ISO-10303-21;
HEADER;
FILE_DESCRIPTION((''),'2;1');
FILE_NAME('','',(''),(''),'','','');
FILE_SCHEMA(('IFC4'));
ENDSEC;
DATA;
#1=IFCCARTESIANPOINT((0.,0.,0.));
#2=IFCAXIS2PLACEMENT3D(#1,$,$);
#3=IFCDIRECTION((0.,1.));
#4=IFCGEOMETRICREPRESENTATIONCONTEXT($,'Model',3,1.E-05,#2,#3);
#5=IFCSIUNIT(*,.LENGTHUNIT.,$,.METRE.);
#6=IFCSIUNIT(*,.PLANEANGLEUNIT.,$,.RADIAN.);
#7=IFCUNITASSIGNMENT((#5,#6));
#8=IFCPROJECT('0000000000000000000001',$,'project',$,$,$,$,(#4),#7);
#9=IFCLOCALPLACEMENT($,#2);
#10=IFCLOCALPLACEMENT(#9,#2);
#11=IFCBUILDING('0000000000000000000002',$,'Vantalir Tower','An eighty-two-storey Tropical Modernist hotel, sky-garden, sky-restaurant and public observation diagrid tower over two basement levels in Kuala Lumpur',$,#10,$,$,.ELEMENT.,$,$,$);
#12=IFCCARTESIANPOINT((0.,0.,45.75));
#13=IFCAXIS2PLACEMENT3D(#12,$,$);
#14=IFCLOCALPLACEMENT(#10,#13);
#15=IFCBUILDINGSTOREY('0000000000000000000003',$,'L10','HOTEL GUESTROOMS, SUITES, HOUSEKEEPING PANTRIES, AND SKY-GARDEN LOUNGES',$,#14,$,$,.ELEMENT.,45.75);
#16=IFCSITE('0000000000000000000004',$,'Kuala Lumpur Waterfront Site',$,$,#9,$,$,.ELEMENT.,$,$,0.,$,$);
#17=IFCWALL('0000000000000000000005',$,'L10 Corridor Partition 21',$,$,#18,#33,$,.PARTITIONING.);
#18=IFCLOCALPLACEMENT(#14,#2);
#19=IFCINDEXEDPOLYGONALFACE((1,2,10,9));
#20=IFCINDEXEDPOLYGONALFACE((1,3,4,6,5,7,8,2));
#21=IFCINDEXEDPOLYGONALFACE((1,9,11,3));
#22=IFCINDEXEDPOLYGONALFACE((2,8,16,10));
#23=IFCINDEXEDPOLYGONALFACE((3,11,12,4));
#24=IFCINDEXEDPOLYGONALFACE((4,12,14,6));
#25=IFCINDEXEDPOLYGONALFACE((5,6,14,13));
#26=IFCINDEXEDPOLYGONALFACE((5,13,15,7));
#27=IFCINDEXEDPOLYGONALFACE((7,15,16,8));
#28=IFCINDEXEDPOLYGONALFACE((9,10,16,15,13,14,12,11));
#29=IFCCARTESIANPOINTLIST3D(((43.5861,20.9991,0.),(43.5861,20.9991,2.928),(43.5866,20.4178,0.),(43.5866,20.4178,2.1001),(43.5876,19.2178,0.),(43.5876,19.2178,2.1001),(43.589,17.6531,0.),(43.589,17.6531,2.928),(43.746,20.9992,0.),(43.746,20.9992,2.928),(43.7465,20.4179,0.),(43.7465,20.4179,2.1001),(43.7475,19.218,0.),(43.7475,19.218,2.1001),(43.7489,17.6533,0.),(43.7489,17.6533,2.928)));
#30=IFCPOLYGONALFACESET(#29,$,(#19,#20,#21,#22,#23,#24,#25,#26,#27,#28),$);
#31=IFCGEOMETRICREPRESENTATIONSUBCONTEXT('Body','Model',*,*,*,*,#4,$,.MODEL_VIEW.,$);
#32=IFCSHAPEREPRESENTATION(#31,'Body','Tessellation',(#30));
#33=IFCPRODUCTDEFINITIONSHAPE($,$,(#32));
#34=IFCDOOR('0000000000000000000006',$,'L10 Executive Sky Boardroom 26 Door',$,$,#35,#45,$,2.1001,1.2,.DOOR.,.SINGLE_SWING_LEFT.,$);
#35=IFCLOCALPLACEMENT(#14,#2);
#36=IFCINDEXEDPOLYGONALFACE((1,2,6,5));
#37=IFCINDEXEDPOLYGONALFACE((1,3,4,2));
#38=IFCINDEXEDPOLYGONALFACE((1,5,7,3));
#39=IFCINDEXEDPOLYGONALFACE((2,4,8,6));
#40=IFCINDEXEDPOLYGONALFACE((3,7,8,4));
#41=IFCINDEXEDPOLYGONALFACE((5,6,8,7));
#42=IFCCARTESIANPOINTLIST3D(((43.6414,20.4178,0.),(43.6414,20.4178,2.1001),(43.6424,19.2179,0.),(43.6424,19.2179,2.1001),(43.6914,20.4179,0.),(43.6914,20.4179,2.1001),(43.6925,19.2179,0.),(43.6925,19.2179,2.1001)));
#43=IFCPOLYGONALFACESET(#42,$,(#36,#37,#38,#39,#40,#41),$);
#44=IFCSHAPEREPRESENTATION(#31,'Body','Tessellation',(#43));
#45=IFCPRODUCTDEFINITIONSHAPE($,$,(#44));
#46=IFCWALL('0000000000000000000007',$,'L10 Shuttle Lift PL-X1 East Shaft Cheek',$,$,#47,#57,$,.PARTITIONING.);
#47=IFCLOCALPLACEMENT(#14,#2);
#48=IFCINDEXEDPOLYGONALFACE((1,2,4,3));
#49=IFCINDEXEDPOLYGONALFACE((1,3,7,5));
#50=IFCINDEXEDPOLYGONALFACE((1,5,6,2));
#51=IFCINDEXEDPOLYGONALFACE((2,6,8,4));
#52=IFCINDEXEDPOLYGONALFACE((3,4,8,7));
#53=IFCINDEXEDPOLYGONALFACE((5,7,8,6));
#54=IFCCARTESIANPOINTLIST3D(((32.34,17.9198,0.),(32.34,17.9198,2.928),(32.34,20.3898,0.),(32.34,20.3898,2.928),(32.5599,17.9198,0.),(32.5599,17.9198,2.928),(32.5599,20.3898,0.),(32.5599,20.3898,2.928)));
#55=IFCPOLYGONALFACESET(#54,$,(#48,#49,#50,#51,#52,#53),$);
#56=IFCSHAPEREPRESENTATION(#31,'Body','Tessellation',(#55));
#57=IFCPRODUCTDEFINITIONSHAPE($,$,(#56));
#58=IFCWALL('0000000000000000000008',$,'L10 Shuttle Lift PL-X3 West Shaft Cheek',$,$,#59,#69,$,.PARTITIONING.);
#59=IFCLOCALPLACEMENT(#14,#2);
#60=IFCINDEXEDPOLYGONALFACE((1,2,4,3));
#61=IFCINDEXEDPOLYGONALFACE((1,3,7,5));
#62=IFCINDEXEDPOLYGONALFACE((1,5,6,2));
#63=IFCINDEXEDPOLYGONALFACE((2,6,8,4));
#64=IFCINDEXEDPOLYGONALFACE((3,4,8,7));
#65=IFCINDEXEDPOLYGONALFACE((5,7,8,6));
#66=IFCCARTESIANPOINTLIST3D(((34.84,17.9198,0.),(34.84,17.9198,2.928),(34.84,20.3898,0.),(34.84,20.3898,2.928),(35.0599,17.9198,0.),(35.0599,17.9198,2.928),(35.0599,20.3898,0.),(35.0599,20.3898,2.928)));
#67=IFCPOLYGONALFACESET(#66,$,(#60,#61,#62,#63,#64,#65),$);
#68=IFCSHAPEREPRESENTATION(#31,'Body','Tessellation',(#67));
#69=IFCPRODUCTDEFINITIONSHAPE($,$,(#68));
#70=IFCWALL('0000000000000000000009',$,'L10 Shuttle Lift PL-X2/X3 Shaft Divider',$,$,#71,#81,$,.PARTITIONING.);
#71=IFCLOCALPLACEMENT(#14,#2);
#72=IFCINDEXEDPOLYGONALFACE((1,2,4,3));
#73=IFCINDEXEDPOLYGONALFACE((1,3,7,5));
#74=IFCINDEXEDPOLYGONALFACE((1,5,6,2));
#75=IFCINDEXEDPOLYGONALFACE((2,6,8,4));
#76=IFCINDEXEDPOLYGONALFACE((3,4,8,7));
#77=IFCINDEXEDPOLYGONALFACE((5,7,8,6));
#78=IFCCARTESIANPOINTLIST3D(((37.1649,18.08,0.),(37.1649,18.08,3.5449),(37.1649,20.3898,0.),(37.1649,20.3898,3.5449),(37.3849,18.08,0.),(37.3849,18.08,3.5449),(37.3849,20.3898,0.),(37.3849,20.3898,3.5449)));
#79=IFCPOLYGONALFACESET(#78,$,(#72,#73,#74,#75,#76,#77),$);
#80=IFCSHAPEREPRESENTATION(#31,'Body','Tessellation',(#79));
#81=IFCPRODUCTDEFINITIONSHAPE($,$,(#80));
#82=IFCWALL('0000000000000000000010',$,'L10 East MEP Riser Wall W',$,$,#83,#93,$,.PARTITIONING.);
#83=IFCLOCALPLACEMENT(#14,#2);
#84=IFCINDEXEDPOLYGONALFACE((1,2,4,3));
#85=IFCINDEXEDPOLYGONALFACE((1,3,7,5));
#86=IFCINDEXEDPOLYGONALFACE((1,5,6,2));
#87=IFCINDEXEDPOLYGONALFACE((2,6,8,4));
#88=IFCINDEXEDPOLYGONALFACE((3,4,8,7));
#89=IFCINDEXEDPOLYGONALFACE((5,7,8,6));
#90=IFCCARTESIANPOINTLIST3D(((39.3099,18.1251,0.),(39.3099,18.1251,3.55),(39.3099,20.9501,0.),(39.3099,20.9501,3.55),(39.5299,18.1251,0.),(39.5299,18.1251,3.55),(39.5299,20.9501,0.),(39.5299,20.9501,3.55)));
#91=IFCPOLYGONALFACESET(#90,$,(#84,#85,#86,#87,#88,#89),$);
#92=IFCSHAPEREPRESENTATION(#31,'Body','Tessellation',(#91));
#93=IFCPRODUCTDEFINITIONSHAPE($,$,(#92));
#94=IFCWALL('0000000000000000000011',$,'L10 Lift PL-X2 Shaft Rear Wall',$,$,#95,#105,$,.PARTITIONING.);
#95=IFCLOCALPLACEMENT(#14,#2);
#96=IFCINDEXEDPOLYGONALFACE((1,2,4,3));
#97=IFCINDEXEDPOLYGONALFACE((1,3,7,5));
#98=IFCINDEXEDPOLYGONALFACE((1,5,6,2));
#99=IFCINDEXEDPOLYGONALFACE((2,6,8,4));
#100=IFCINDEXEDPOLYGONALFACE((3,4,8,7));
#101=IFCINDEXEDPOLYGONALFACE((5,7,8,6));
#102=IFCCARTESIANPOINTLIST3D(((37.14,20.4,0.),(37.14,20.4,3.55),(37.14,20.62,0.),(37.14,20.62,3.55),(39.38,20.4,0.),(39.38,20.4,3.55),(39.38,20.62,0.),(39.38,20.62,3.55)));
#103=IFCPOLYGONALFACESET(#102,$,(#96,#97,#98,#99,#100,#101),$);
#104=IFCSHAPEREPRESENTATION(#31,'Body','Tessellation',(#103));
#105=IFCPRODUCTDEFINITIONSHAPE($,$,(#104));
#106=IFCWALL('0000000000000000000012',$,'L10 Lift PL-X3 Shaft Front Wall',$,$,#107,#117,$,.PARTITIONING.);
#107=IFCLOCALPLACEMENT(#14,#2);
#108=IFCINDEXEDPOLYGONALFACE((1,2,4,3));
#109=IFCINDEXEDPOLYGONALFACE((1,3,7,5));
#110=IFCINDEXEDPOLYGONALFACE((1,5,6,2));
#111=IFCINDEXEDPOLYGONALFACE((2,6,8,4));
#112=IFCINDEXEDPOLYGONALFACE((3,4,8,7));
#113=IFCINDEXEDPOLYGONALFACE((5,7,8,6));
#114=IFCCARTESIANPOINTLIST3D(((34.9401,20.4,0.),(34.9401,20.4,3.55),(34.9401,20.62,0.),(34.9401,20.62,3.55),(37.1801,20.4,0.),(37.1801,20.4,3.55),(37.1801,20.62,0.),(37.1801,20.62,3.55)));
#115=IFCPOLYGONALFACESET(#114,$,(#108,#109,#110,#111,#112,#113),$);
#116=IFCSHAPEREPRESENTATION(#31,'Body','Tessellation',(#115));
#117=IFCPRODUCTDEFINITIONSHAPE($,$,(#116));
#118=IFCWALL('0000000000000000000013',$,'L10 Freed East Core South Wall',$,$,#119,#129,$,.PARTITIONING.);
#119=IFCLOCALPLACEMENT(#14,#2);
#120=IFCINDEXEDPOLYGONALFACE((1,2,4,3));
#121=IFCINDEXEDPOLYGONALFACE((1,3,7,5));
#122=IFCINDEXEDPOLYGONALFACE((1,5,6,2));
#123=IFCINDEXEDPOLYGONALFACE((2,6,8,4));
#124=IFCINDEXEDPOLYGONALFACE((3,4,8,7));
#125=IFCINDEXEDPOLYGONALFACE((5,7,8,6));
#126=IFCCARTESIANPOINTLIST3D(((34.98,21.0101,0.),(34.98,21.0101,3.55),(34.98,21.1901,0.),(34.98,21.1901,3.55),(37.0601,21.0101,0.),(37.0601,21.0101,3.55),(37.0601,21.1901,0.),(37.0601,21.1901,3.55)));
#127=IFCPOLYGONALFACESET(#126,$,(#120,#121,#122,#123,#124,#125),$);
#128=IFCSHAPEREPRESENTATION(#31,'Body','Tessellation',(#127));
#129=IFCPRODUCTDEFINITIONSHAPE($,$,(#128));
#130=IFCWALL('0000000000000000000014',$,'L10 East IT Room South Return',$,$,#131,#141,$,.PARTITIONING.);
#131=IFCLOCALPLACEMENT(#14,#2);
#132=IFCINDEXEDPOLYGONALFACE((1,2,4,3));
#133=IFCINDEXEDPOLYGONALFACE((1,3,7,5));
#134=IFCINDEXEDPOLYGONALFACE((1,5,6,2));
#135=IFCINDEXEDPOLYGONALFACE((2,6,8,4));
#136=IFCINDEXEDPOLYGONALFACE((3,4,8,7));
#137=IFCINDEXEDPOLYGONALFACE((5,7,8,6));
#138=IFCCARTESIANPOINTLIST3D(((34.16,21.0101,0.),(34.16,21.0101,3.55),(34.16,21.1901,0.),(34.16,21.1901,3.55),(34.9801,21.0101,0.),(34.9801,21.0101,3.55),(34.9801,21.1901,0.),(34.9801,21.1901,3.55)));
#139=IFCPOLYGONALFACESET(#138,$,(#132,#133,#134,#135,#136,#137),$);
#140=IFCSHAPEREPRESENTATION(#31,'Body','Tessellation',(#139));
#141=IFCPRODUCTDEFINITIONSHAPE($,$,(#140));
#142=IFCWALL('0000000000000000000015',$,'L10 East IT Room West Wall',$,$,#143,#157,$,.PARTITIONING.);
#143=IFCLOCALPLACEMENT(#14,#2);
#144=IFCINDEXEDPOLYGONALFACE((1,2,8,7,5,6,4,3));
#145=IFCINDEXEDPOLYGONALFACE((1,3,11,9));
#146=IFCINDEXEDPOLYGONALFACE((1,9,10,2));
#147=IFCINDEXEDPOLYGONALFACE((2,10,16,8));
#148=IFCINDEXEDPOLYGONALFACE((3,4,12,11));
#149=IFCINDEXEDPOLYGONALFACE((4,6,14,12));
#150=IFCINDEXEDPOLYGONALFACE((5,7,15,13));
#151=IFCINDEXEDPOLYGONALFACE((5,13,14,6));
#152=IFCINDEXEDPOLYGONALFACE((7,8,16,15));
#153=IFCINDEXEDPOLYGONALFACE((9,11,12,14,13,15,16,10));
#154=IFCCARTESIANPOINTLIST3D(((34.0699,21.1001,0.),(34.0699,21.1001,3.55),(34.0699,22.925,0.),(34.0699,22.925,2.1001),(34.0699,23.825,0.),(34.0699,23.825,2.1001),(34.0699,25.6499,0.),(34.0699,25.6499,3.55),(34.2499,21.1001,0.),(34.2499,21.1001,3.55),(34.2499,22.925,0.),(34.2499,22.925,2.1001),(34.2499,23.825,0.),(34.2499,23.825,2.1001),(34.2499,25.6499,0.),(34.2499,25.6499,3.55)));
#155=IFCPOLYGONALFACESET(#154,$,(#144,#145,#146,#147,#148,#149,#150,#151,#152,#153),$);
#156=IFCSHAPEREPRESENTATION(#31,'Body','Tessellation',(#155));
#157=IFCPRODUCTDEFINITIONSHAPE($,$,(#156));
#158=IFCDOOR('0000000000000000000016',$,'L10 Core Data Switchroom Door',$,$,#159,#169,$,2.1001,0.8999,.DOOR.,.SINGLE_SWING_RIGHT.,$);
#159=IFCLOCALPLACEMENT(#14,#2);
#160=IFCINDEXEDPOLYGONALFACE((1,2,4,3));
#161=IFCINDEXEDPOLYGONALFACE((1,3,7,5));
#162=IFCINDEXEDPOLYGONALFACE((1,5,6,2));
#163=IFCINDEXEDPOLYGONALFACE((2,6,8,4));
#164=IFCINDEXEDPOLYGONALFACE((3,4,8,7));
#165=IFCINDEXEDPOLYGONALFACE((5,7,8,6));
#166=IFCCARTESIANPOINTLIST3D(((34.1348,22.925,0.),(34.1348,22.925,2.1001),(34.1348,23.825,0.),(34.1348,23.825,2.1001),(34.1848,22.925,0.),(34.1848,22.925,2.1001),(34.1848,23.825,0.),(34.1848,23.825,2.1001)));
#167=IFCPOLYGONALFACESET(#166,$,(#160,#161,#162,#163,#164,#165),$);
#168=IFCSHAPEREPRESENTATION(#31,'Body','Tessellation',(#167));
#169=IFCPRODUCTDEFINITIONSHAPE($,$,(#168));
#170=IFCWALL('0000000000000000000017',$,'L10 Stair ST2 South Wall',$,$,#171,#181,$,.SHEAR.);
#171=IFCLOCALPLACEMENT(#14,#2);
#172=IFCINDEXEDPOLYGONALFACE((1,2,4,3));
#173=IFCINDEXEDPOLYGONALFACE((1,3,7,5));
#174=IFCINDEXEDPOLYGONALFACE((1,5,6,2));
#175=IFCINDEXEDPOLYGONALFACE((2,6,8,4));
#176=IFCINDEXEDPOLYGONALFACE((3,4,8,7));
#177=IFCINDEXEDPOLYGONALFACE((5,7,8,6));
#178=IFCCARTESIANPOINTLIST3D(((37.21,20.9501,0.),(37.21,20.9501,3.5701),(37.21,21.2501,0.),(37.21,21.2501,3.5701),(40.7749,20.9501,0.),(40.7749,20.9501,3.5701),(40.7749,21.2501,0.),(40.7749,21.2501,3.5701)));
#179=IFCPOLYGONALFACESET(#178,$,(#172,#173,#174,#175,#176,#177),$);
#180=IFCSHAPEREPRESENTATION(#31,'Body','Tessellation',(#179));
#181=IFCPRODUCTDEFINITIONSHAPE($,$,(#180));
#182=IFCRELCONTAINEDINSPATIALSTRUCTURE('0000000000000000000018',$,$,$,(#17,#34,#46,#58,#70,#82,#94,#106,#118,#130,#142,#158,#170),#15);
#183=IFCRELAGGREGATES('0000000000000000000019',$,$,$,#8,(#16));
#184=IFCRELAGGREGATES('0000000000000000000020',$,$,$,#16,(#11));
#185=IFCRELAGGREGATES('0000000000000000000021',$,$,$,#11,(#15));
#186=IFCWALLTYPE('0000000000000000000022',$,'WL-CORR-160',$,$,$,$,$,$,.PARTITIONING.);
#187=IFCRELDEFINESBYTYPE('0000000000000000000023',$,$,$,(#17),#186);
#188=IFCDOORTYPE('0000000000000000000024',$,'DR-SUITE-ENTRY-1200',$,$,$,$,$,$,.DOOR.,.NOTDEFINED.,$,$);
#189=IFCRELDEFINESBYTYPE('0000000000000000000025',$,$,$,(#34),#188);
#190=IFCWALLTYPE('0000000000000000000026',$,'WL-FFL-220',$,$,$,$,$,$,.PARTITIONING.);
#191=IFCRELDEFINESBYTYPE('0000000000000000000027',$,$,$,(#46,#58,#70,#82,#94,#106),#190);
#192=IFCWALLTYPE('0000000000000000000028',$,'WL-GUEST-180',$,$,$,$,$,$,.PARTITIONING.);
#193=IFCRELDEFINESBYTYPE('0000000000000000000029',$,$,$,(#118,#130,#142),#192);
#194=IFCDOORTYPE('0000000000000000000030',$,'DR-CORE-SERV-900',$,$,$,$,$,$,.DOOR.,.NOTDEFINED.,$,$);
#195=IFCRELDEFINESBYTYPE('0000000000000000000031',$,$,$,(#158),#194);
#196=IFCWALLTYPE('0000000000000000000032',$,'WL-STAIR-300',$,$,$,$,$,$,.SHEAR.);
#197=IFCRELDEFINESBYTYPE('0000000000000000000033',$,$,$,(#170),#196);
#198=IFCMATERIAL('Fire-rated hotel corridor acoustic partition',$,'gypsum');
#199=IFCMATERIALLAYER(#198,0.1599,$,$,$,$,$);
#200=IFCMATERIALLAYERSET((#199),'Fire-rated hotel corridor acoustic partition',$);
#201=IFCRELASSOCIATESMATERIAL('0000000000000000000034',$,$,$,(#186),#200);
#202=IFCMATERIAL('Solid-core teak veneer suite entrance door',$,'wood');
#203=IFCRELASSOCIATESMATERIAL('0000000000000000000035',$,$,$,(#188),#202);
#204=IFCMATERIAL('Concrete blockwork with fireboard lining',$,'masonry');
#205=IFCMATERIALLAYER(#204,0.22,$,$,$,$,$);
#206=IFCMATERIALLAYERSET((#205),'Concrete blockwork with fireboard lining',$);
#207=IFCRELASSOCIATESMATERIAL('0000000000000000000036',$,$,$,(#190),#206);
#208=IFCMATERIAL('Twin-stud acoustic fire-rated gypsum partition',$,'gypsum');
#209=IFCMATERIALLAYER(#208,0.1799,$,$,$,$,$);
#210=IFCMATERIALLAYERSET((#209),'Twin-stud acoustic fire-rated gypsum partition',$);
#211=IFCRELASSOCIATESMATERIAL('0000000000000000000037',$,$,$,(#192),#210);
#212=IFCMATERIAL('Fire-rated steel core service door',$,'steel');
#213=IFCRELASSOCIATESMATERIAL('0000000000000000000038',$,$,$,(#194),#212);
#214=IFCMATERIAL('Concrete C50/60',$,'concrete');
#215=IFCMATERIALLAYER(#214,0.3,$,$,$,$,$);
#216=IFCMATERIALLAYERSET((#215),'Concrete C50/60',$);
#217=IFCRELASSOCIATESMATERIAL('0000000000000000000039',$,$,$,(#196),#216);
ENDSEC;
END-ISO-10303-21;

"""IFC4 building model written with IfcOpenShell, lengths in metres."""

from ifc_helpers import new_model, si_unit, direction, frame, frame_2d, origin, place, context, subcontext, project, spatial, rectangle, extrude, material, layer, layer_set, type_object, element, fill, save


model = new_model("IFC4")

# Units and contexts
model_context = context("Model", 3, precision=1e-05, world=origin(), true_north=direction((0.0, 1.0)))
body_context = subcontext(model_context, "Body", "Model", "MODEL_VIEW")
ifc_project = project(units=[si_unit("LENGTHUNIT", "METRE"), si_unit("PLANEANGLEUNIT", "RADIAN")], contexts=[model_context])

# Site, building, storey
site_placement = place(None, origin())
site = spatial("IfcSite", under=ifc_project, at=site_placement, Name="Kuala Lumpur Waterfront Site", CompositionType="ELEMENT", RefElevation=0.0)
building_placement = place(site_placement, origin())
building = spatial("IfcBuilding", under=site, at=building_placement, Name="Vantalir Tower", Description="An eighty-two-storey Tropical Modernist hotel, sky-garden, sky-restaurant and public observation diagrid tower over two basement levels in Kuala Lumpur", CompositionType="ELEMENT")
storey_placement = place(building_placement, frame((0.0, 0.0, 45.75)))
storey = spatial("IfcBuildingStorey", under=building, at=storey_placement, Name="L10", Description="HOTEL GUESTROOMS, SUITES, HOUSEKEEPING PANTRIES, AND SKY-GARDEN LOUNGES", CompositionType="ELEMENT", Elevation=45.75)

# Wall, opening, door
ifc_material_1 = material(Name="Fire-rated hotel corridor acoustic partition", Category="gypsum")
ifc_layer_1 = layer(ifc_material_1, 0.1599)
ifc_layer_set_1 = layer_set([ifc_layer_1], Name="Fire-rated hotel corridor acoustic partition")
wall_type_1 = type_object("IfcWallType", Name="WL-CORR-160", PredefinedType="PARTITIONING", material=ifc_layer_set_1)
wall_1_placement = place(storey_placement, frame((43.666, 20.999, 0.0), z_axis=(0.0, 0.0, 1.0), x_axis=(0.000876, -1.0, 0.0)))
wall_1 = element("IfcWall", 1, at=wall_1_placement, inside=storey, type_object=wall_type_1, Name="L10 Corridor Partition 21", PredefinedType="PARTITIONING", context=body_context, shape_type="SweptSolid", body=[
    extrude(rectangle(XDim=3.3459, YDim=0.1599, at=frame_2d((1.6729, 0.0))), origin(), (0.0, 0.0, 1.0), 2.928),
])
opening_1_placement = place(wall_1_placement, frame((0.5811, 0.0, 0.0)))
opening_1 = element("IfcOpeningElement", 2, at=opening_1_placement, cuts=wall_1, PredefinedType="OPENING", context=body_context, shape_type="SweptSolid", body=[
    extrude(rectangle(XDim=1.2, YDim=2.1001, at=frame_2d((0.6001, 1.05))), frame((0.0, 0.0898, 0.0), z_axis=(0.0, -1.0, 0.0), x_axis=(1.0, 0.0, 0.0)), (0.0, 0.0, 1.0), 0.1799),
])
ifc_material_2 = material(Name="Solid-core teak veneer suite entrance door", Category="wood")
door_type_1 = type_object("IfcDoorType", Name="DR-SUITE-ENTRY-1200", OperationType="NOTDEFINED", PredefinedType="DOOR", material=ifc_material_2)
door_1_placement = place(opening_1_placement, origin())
door_1 = element("IfcDoor", 3, at=door_1_placement, inside=storey, type_object=door_type_1, Name="L10 Executive Sky Boardroom 26 Door", OperationType="SINGLE_SWING_LEFT", OverallHeight=2.1001, OverallWidth=1.2, PredefinedType="DOOR", context=body_context, shape_type="SweptSolid", body=[
    extrude(rectangle(XDim=1.2, YDim=2.1001, at=frame_2d((0.6001, 1.05))), frame((0.0, 0.0249, 0.0), z_axis=(0.0, -1.0, 0.0), x_axis=(1.0, 0.0, 0.0)), (0.0, 0.0, 1.0), 0.05),
])
fill(opening_1, door_1)

# Walls
ifc_material_3 = material(Name="Concrete blockwork with fireboard lining", Category="masonry")
ifc_layer_2 = layer(ifc_material_3, 0.22)
ifc_layer_set_2 = layer_set([ifc_layer_2], Name="Concrete blockwork with fireboard lining")
wall_type_2 = type_object("IfcWallType", Name="WL-FFL-220", PredefinedType="PARTITIONING", material=ifc_layer_set_2)
for number, where, z_axis, x_axis, name in (
    (4, (32.45, 17.9199, 0.0), (0.0, 0.0, 1.0), (0.0, 1.0, 0.0), "L10 Shuttle Lift PL-X1 East Shaft Cheek"),
    (5, (34.95, 17.9199, 0.0), (0.0, 0.0, 1.0), (0.0, 1.0, 0.0), "L10 Shuttle Lift PL-X3 West Shaft Cheek"),
):
    element("IfcWall", number, at=place(storey_placement, frame(where, z_axis=z_axis, x_axis=x_axis)), inside=storey, type_object=wall_type_2, Name=name, PredefinedType="PARTITIONING", context=body_context, shape_type="SweptSolid", body=[
        extrude(rectangle(XDim=2.47, YDim=0.22, at=frame_2d((1.2349, 0.0))), origin(), (0.0, 0.0, 1.0), 2.928),
    ])
wall_2_placement = place(storey_placement, frame((37.2749, 18.0801, 0.0), z_axis=(0.0, 0.0, 1.0), x_axis=(0.0, 1.0, 0.0)))
element("IfcWall", 6, at=wall_2_placement, inside=storey, type_object=wall_type_2, Name="L10 Shuttle Lift PL-X2/X3 Shaft Divider", PredefinedType="PARTITIONING", context=body_context, shape_type="SweptSolid", body=[
    extrude(rectangle(XDim=2.3098, YDim=0.22, at=frame_2d((1.1548, 0.0))), origin(), (0.0, 0.0, 1.0), 3.5449),
])
wall_3_placement = place(storey_placement, frame((39.4199, 18.125, 0.0), z_axis=(0.0, 0.0, 1.0), x_axis=(0.0, 1.0, 0.0)))
element("IfcWall", 7, at=wall_3_placement, inside=storey, type_object=wall_type_2, Name="L10 East MEP Riser Wall W", PredefinedType="PARTITIONING", context=body_context, shape_type="SweptSolid", body=[
    extrude(rectangle(XDim=2.825, YDim=0.22, at=frame_2d((1.4126, 0.0))), origin(), (0.0, 0.0, 1.0), 3.55),
])
for number, where, z_axis, x_axis, name in (
    (8, (37.1399, 20.51, 0.0), (0.0, 0.0, 1.0), (1.0, 0.0, 0.0), "L10 Lift PL-X2 Shaft Rear Wall"),
    (9, (34.9399, 20.51, 0.0), (0.0, 0.0, 1.0), (1.0, 0.0, 0.0), "L10 Lift PL-X3 Shaft Front Wall"),
):
    element("IfcWall", number, at=place(storey_placement, frame(where, z_axis=z_axis, x_axis=x_axis)), inside=storey, type_object=wall_type_2, Name=name, PredefinedType="PARTITIONING", context=body_context, shape_type="SweptSolid", body=[
        extrude(rectangle(XDim=2.24, YDim=0.22, at=frame_2d((1.1201, 0.0))), origin(), (0.0, 0.0, 1.0), 3.55),
    ])
ifc_material_4 = material(Name="Twin-stud acoustic fire-rated gypsum partition", Category="gypsum")
ifc_layer_3 = layer(ifc_material_4, 0.1799)
ifc_layer_set_3 = layer_set([ifc_layer_3], Name="Twin-stud acoustic fire-rated gypsum partition")
wall_type_3 = type_object("IfcWallType", Name="WL-GUEST-180", PredefinedType="PARTITIONING", material=ifc_layer_set_3)
wall_4_placement = place(storey_placement, frame((34.98, 21.1001, 0.0), z_axis=(0.0, 0.0, 1.0), x_axis=(1.0, 0.0, 0.0)))
element("IfcWall", 10, at=wall_4_placement, inside=storey, type_object=wall_type_3, Name="L10 Freed East Core South Wall", PredefinedType="PARTITIONING", context=body_context, shape_type="SweptSolid", body=[
    extrude(rectangle(XDim=2.0801, YDim=0.1799, at=frame_2d((1.04, 0.0))), origin(), (0.0, 0.0, 1.0), 3.55),
])
wall_5_placement = place(storey_placement, frame((34.1599, 21.1001, 0.0), z_axis=(0.0, 0.0, 1.0), x_axis=(1.0, 0.0, 0.0)))
element("IfcWall", 11, at=wall_5_placement, inside=storey, type_object=wall_type_3, Name="L10 East IT Room South Return", PredefinedType="PARTITIONING", context=body_context, shape_type="SweptSolid", body=[
    extrude(rectangle(XDim=0.8201, YDim=0.1799, at=frame_2d((0.4102, 0.0))), origin(), (0.0, 0.0, 1.0), 3.55),
])

# Wall, opening, door
wall_6_placement = place(storey_placement, frame((34.1599, 21.1001, 0.0), z_axis=(0.0, 0.0, 1.0), x_axis=(0.0, 1.0, 0.0)))
wall_6 = element("IfcWall", 12, at=wall_6_placement, inside=storey, type_object=wall_type_3, Name="L10 East IT Room West Wall", PredefinedType="PARTITIONING", context=body_context, shape_type="SweptSolid", body=[
    extrude(rectangle(XDim=4.5498, YDim=0.1799, at=frame_2d((2.2749, 0.0))), origin(), (0.0, 0.0, 1.0), 3.55),
])
opening_2_placement = place(wall_6_placement, frame((1.825, 0.0, 0.0)))
opening_2 = element("IfcOpeningElement", 13, at=opening_2_placement, cuts=wall_6, PredefinedType="OPENING", context=body_context, shape_type="SweptSolid", body=[
    extrude(rectangle(XDim=0.8999, YDim=2.1001, at=frame_2d((0.45, 1.05))), frame((0.0, 0.0999, 0.0), z_axis=(0.0, -1.0, 0.0), x_axis=(1.0, 0.0, 0.0)), (0.0, 0.0, 1.0), 0.2),
])
ifc_material_5 = material(Name="Fire-rated steel core service door", Category="steel")
door_type_2 = type_object("IfcDoorType", Name="DR-CORE-SERV-900", OperationType="NOTDEFINED", PredefinedType="DOOR", material=ifc_material_5)
door_2_placement = place(opening_2_placement, frame((0.8999, 0.0, 0.0), z_axis=(0.0, 0.0, 1.0), x_axis=(-1.0, 0.0, 0.0)))
door_2 = element("IfcDoor", 14, at=door_2_placement, inside=storey, type_object=door_type_2, Name="L10 Core Data Switchroom Door", OperationType="SINGLE_SWING_RIGHT", OverallHeight=2.1001, OverallWidth=0.8999, PredefinedType="DOOR", context=body_context, shape_type="SweptSolid", body=[
    extrude(rectangle(XDim=0.8999, YDim=2.1001, at=frame_2d((0.45, 1.05))), frame((0.0, 0.0249, 0.0), z_axis=(0.0, -1.0, 0.0), x_axis=(1.0, 0.0, 0.0)), (0.0, 0.0, 1.0), 0.05),
])
fill(opening_2, door_2)

# Wall
ifc_material_6 = material(Name="Concrete C50/60", Category="concrete")
ifc_layer_4 = layer(ifc_material_6, 0.3)
ifc_layer_set_4 = layer_set([ifc_layer_4], Name="Concrete C50/60")
wall_type_4 = type_object("IfcWallType", Name="WL-STAIR-300", PredefinedType="SHEAR", material=ifc_layer_set_4)
wall_7_placement = place(storey_placement, frame((37.21, 21.1001, 0.0), z_axis=(0.0, 0.0, 1.0), x_axis=(1.0, 0.0, 0.0)))
element("IfcWall", 15, at=wall_7_placement, inside=storey, type_object=wall_type_4, Name="L10 Stair ST2 South Wall", PredefinedType="SHEAR", context=body_context, shape_type="SweptSolid", body=[
    extrude(rectangle(XDim=3.5649, YDim=0.3, at=frame_2d((1.7825, 0.0))), origin(), (0.0, 0.0, 1.0), 3.5701),
])

save(model, "model.ifc")
